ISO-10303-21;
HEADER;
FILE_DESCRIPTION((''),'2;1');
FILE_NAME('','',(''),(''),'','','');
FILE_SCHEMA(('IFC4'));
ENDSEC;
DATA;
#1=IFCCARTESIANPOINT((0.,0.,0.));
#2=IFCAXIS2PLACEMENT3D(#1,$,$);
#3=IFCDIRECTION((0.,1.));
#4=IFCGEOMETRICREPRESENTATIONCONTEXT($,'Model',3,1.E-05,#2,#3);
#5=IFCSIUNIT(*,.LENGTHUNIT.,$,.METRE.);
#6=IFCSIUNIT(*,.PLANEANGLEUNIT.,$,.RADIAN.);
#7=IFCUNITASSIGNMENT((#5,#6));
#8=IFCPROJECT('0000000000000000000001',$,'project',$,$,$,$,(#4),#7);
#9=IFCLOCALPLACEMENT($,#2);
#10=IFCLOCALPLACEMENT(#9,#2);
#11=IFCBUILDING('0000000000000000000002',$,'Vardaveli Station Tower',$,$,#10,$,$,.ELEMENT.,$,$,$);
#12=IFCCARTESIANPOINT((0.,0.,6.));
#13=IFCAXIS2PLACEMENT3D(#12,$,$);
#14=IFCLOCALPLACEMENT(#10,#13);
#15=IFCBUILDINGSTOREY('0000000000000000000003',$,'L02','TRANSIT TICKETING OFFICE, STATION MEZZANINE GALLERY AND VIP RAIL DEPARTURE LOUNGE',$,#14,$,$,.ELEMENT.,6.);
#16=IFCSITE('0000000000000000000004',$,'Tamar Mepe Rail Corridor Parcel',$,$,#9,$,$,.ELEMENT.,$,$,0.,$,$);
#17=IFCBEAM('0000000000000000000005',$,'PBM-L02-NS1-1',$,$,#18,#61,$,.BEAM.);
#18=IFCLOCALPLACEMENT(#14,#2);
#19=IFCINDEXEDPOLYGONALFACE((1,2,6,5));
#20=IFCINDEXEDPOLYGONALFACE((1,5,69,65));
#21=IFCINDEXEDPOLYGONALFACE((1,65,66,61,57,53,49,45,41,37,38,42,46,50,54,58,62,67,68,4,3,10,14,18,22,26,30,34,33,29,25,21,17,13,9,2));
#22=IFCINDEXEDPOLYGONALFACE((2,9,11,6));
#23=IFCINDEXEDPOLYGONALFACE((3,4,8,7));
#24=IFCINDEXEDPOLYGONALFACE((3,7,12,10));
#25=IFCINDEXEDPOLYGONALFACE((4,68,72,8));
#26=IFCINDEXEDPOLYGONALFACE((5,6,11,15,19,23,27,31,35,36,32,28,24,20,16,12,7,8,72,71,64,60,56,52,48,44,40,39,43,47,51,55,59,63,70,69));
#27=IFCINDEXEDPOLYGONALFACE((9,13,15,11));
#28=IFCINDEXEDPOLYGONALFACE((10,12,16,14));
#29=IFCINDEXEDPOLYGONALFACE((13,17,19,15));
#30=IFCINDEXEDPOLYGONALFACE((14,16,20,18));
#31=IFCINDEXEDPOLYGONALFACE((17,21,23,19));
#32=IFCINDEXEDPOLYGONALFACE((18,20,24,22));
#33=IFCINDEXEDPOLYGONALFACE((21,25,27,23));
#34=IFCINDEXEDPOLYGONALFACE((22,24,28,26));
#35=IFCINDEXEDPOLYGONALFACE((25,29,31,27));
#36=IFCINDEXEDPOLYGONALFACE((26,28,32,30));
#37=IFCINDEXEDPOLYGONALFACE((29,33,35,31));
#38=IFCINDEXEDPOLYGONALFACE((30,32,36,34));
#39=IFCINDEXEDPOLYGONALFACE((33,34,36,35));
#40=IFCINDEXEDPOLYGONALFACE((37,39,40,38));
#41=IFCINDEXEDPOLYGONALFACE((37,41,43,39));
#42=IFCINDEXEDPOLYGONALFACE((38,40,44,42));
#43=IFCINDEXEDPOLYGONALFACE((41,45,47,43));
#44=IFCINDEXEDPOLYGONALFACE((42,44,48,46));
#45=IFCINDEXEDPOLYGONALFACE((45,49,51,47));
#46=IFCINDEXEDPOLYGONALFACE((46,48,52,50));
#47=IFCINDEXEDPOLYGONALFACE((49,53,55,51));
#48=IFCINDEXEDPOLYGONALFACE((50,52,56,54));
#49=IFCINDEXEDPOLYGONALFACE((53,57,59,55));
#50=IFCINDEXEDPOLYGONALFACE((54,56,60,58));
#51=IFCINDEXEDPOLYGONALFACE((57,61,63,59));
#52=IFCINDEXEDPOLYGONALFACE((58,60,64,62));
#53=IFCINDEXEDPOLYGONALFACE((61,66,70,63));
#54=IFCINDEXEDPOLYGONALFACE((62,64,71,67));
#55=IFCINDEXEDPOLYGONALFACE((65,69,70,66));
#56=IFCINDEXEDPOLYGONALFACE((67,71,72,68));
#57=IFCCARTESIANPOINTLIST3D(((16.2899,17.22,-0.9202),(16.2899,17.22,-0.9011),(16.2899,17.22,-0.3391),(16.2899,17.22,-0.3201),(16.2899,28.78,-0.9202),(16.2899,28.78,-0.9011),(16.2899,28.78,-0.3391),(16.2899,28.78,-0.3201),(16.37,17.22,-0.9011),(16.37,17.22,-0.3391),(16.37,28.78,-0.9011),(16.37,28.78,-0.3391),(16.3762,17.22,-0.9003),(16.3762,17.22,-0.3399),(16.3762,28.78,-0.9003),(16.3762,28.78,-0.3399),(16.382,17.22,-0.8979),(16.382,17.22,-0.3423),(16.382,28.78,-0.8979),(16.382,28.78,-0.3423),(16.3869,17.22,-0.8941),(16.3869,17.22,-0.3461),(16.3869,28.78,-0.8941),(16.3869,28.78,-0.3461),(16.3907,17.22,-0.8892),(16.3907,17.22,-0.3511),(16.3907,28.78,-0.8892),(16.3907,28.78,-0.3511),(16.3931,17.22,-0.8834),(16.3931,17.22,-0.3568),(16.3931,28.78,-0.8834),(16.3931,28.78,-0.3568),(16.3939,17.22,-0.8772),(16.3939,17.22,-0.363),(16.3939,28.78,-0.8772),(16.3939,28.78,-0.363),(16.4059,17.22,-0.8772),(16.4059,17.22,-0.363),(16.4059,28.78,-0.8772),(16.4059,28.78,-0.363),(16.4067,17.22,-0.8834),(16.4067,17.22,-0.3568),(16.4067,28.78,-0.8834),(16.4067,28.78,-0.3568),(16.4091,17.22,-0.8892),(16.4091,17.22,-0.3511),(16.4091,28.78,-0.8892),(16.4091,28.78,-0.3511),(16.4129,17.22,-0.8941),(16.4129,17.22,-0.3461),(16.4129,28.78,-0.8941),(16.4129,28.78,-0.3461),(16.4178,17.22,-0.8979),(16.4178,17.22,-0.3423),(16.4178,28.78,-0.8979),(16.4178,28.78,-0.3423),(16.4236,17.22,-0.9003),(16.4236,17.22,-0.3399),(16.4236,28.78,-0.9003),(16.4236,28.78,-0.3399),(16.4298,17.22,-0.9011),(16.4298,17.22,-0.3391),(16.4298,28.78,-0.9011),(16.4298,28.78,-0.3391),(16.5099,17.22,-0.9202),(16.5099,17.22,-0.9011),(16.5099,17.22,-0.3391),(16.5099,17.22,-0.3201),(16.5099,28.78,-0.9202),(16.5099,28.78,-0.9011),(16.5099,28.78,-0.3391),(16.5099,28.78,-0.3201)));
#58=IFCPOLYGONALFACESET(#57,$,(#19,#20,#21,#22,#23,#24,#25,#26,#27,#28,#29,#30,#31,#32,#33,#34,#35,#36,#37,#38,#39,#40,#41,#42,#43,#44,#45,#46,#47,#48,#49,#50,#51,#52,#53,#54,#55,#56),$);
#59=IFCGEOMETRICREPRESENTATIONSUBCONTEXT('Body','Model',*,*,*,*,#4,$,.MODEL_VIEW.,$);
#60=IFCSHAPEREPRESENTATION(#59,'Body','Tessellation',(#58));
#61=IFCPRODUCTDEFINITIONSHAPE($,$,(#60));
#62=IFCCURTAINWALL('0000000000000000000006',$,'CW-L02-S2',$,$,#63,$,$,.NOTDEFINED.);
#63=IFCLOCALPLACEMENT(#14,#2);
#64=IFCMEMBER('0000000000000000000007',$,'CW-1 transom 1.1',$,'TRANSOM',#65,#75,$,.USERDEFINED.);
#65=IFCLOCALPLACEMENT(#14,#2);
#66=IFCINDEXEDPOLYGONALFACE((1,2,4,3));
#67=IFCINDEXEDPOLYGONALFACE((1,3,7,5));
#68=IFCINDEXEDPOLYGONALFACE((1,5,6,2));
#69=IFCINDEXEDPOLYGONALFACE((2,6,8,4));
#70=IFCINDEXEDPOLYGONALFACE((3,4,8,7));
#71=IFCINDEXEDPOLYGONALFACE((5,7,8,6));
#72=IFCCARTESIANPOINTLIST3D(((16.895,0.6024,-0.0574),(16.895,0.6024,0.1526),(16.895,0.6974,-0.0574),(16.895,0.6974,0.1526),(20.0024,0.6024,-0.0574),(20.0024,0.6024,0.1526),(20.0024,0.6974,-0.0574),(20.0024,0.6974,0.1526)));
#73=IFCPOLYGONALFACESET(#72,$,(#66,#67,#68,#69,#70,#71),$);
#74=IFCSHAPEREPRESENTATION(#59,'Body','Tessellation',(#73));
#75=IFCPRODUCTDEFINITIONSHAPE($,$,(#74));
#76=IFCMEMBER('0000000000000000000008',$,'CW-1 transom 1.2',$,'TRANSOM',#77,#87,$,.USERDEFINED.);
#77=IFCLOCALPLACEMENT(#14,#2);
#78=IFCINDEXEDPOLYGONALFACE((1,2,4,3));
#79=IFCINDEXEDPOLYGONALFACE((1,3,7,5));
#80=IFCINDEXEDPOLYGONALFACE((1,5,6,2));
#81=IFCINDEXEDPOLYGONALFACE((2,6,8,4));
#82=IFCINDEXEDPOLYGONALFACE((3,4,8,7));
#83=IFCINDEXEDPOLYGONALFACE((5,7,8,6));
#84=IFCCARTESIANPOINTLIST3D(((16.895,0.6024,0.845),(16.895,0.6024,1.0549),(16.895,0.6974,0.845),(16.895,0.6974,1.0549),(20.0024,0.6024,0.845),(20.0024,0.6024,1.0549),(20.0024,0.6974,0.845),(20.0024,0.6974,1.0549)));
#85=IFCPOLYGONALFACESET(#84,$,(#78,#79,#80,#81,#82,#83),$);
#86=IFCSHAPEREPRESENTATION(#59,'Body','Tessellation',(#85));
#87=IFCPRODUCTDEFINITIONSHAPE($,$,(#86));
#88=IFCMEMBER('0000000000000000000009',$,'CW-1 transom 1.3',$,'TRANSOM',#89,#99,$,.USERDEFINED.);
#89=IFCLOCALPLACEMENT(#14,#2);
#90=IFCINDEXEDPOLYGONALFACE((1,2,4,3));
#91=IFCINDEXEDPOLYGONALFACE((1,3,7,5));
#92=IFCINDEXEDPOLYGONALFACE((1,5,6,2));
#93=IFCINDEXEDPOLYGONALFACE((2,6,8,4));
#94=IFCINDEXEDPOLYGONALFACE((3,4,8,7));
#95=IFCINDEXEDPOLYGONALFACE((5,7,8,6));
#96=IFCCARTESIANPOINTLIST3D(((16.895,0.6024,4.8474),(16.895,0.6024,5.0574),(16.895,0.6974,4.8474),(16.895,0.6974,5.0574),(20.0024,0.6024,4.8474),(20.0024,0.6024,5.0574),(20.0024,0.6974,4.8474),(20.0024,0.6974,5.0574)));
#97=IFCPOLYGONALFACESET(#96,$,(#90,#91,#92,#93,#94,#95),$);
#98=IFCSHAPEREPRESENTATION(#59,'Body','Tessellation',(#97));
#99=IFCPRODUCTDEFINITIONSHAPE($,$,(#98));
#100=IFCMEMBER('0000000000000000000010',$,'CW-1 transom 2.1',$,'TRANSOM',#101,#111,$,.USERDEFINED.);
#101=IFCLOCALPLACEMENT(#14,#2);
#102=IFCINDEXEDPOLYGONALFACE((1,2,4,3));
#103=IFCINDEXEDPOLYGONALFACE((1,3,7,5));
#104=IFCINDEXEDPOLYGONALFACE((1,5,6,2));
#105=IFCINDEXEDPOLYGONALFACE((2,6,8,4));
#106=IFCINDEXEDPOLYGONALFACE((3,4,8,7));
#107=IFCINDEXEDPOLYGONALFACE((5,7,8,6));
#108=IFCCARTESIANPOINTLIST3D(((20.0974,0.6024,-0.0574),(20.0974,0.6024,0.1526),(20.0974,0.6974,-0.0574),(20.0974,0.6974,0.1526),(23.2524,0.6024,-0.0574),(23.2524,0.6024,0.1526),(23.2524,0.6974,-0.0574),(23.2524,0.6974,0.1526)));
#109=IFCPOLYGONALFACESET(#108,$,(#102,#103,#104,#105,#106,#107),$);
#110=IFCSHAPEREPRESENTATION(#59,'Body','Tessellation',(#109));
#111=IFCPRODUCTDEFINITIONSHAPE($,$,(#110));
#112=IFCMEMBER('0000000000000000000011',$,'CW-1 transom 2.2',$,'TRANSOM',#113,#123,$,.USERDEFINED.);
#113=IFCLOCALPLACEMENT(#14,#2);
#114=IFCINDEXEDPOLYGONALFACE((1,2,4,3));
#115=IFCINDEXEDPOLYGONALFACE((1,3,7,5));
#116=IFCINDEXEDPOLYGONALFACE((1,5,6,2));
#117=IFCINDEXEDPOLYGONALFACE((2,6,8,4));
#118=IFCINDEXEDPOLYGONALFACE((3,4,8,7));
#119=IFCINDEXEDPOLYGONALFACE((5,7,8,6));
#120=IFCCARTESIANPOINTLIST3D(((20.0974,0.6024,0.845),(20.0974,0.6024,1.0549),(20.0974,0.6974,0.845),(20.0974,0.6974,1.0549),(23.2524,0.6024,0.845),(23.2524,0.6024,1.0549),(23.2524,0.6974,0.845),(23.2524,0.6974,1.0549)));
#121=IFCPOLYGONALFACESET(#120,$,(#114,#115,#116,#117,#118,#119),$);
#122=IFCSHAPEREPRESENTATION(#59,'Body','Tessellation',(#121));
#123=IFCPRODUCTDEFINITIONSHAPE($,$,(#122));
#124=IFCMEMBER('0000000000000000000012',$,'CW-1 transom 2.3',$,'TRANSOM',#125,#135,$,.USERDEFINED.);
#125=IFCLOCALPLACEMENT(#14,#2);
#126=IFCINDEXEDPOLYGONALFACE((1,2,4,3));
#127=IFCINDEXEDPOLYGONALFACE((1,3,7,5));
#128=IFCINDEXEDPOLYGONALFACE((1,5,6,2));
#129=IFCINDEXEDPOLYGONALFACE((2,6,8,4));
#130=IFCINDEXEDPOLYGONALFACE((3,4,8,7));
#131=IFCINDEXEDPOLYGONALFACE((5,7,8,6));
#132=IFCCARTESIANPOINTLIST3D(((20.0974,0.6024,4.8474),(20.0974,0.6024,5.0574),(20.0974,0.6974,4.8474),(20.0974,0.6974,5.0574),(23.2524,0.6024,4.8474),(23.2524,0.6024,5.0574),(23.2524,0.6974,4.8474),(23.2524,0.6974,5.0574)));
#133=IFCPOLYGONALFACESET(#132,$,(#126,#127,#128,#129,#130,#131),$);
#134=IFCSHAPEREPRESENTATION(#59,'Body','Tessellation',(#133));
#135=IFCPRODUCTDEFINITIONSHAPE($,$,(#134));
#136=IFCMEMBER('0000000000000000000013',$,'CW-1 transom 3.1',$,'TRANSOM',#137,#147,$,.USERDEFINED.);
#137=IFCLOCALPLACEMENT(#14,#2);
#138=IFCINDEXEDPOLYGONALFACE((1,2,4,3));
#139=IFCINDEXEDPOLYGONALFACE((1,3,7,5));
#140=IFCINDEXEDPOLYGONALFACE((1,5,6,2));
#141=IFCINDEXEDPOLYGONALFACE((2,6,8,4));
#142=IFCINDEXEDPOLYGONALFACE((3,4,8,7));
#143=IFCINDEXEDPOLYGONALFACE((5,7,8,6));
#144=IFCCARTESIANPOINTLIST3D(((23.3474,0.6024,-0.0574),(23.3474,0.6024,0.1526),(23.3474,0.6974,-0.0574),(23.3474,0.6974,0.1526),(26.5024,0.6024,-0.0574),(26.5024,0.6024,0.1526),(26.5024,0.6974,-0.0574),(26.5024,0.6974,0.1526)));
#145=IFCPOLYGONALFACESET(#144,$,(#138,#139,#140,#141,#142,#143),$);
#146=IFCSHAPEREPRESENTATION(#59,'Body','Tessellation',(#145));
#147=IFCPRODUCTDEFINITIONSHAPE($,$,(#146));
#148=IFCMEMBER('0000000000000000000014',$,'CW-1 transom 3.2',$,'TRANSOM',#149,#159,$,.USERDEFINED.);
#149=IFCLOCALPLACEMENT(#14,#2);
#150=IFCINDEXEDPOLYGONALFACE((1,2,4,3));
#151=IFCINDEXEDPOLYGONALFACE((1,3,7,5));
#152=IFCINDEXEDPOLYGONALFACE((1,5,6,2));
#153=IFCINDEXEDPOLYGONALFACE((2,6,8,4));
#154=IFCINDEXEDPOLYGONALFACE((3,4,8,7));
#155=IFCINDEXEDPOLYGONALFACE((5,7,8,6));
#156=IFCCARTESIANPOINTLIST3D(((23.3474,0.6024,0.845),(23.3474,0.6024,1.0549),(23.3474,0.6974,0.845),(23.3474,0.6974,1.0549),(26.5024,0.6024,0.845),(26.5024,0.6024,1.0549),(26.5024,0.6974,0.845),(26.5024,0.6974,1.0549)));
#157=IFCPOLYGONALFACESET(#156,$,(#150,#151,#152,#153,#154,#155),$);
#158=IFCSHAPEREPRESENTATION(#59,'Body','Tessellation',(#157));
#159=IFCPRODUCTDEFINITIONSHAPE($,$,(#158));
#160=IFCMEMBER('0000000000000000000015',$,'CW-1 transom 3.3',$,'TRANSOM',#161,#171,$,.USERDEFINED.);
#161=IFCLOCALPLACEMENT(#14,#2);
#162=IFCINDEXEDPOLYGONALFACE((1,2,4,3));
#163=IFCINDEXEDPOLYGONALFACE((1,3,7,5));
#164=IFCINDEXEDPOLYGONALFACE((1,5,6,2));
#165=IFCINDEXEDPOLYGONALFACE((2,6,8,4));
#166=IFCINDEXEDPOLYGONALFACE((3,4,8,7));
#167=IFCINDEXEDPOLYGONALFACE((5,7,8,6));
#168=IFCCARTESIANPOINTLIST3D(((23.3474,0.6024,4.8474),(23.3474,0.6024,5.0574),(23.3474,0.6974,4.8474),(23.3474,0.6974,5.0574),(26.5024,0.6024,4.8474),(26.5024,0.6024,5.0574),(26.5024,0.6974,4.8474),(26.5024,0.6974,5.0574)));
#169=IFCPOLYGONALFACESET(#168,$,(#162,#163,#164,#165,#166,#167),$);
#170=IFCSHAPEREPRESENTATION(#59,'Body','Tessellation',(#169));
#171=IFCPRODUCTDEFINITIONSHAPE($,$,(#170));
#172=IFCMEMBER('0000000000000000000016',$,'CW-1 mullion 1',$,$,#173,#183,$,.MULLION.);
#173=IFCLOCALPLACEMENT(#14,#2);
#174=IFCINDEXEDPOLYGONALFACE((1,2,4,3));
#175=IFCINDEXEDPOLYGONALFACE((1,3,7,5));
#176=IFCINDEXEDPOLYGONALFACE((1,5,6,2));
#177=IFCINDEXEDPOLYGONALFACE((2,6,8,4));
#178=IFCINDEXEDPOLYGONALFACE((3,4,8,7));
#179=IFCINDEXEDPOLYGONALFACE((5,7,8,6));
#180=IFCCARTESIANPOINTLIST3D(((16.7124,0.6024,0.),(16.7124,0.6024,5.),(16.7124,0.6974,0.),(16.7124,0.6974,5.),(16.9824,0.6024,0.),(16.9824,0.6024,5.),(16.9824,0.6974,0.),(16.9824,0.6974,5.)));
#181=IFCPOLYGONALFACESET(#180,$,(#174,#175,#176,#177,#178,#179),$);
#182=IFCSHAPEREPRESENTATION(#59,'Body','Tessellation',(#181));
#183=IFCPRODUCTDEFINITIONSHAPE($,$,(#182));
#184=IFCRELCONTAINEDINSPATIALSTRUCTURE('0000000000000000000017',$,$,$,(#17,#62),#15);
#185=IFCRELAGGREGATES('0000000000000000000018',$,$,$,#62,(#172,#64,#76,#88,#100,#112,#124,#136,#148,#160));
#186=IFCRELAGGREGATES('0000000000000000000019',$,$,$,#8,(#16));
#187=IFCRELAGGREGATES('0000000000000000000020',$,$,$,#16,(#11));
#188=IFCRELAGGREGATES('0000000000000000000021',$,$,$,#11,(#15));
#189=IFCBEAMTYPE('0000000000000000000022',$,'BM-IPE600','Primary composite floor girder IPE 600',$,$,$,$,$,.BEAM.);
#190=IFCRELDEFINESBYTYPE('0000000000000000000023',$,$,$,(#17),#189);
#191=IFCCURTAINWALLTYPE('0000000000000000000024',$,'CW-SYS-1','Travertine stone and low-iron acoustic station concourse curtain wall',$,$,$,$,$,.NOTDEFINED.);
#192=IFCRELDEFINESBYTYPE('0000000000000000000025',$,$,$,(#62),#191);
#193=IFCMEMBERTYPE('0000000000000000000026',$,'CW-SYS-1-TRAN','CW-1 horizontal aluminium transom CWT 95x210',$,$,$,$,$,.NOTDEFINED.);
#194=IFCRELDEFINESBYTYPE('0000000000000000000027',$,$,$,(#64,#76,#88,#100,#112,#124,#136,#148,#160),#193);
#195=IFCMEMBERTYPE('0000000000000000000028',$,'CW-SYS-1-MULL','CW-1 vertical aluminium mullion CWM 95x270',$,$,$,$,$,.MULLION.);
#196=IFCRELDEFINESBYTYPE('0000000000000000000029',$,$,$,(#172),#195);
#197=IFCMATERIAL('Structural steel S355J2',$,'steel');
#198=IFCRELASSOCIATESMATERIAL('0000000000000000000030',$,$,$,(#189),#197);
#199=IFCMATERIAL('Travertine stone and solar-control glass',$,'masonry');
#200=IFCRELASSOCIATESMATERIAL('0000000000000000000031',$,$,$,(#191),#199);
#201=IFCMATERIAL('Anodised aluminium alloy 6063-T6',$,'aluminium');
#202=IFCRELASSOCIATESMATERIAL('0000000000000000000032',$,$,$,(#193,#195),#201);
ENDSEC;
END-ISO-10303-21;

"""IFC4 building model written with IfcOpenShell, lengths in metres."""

from ifc_helpers import new_model, si_unit, direction, frame, origin, origin_2d, place, context, subcontext, project, spatial, rectangle, i_section, extrude, source, transform, mapped, material, material_profile, profile_set, type_object, element, aggregate, save


model = new_model("IFC4")

# Units and contexts
model_context = context("Model", 3, precision=1e-05, world=origin(), true_north=direction((0.0, 1.0)))
body_context = subcontext(model_context, "Body", "Model", "MODEL_VIEW")
ifc_project = project(units=[si_unit("LENGTHUNIT", "METRE"), si_unit("PLANEANGLEUNIT", "RADIAN")], contexts=[model_context])

# Site, building, storey
site_placement = place(None, origin())
site = spatial("IfcSite", under=ifc_project, at=site_placement, Name="Tamar Mepe Rail Corridor Parcel", CompositionType="ELEMENT", RefElevation=0.0)
building_placement = place(site_placement, origin())
building = spatial("IfcBuilding", under=site, at=building_placement, Name="Vardaveli Station Tower", CompositionType="ELEMENT")
storey_placement = place(building_placement, frame((0.0, 0.0, 6.0)))
storey = spatial("IfcBuildingStorey", under=building, at=storey_placement, Name="L02", Description="TRANSIT TICKETING OFFICE, STATION MEZZANINE GALLERY AND VIP RAIL DEPARTURE LOUNGE", CompositionType="ELEMENT", Elevation=6.0)

# Beam
ifc_material_1 = material(Name="Structural steel S355J2", Category="steel")
ifc_material_profile_1 = material_profile(ifc_material_1, i_section(OverallWidth=0.22, OverallDepth=0.6001, WebThickness=0.012, FlangeThickness=0.019, FilletRadius=0.0239, at=origin_2d()), Name="IPE 600")
ifc_profile_set_1 = profile_set([ifc_material_profile_1], Name="Structural steel S355J2")
beam_type_1 = type_object("IfcBeamType", Name="BM-IPE600", Description="Primary composite floor girder IPE 600", PredefinedType="BEAM", material=ifc_profile_set_1)
shared_shape_1 = source(origin(), body_context, "Body", "SweptSolid", [
    extrude(i_section(OverallWidth=0.22, OverallDepth=0.6001, WebThickness=0.012, FlangeThickness=0.019, FilletRadius=0.0239, at=origin_2d()), origin(), (0.0, 0.0, 1.0), 11.5601),
])
beam_1_placement = place(storey_placement, frame((16.3999, 17.22, -0.6201), z_axis=(0.0, 1.0, 0.0), x_axis=(-1.0, 0.0, 0.0)))
element("IfcBeam", 1, at=beam_1_placement, inside=storey, type_object=beam_type_1, Name="PBM-L02-NS1-1", PredefinedType="BEAM", context=body_context, shape_type="MappedRepresentation", body=[
    mapped(shared_shape_1, transform((0.0, 0.0, 0.0), scale=1.0)),
])

# Curtain wall, members
ifc_material_2 = material(Name="Travertine stone and solar-control glass", Category="masonry")
curtain_wall_type = type_object("IfcCurtainWallType", Name="CW-SYS-1", Description="Travertine stone and low-iron acoustic station concourse curtain wall", PredefinedType="NOTDEFINED", material=ifc_material_2)
curtain_wall_placement = place(storey_placement, origin())
curtain_wall = element("IfcCurtainWall", 2, at=curtain_wall_placement, inside=storey, type_object=curtain_wall_type, Name="CW-L02-S2", PredefinedType="NOTDEFINED")
ifc_material_3 = material(Name="Anodised aluminium alloy 6063-T6", Category="aluminium")
ifc_material_profile_2 = material_profile(ifc_material_3, rectangle(XDim=0.095, YDim=0.21, at=origin_2d()), Name="CWT 95x210")
ifc_profile_set_2 = profile_set([ifc_material_profile_2], Name="Anodised aluminium alloy 6063-T6")
member_type_1 = type_object("IfcMemberType", Name="CW-SYS-1-TRAN", Description="CW-1 horizontal aluminium transom CWT 95x210", PredefinedType="NOTDEFINED", material=ifc_profile_set_2)
shared_shape_2 = source(origin(), body_context, "Body", "SweptSolid", [
    extrude(rectangle(XDim=0.095, YDim=0.21, at=origin_2d()), origin(), (0.0, 0.0, 1.0), 3.1074),
])
member_1_placement = place(storey_placement, frame((16.895, 0.6499, 0.0476), z_axis=(1.0, 0.0, 0.0), x_axis=(0.0, 1.0, 0.0)))
member_1 = element("IfcMember", 3, at=member_1_placement, type_object=member_type_1, Name="CW-1 transom 1.1", ObjectType="TRANSOM", PredefinedType="USERDEFINED", context=body_context, shape_type="MappedRepresentation", body=[
    mapped(shared_shape_2, transform((0.0, 0.0, 0.0), scale=1.0)),
])
member_2_placement = place(storey_placement, frame((16.895, 0.6499, 0.95), z_axis=(1.0, 0.0, 0.0), x_axis=(0.0, 1.0, 0.0)))
member_2 = element("IfcMember", 4, at=member_2_placement, type_object=member_type_1, Name="CW-1 transom 1.2", ObjectType="TRANSOM", PredefinedType="USERDEFINED", context=body_context, shape_type="MappedRepresentation", body=[
    mapped(shared_shape_2, transform((0.0, 0.0, 0.0), scale=1.0)),
])
member_3_placement = place(storey_placement, frame((16.895, 0.6499, 4.9524), z_axis=(1.0, 0.0, 0.0), x_axis=(0.0, 1.0, 0.0)))
member_3 = element("IfcMember", 5, at=member_3_placement, type_object=member_type_1, Name="CW-1 transom 1.3", ObjectType="TRANSOM", PredefinedType="USERDEFINED", context=body_context, shape_type="MappedRepresentation", body=[
    mapped(shared_shape_2, transform((0.0, 0.0, 0.0), scale=1.0)),
])
shared_shape_3 = source(origin(), body_context, "Body", "SweptSolid", [
    extrude(rectangle(XDim=0.095, YDim=0.21, at=origin_2d()), origin(), (0.0, 0.0, 1.0), 3.155),
])
member_4_placement = place(storey_placement, frame((20.0974, 0.6499, 0.0476), z_axis=(1.0, 0.0, 0.0), x_axis=(0.0, 1.0, 0.0)))
member_4 = element("IfcMember", 6, at=member_4_placement, type_object=member_type_1, Name="CW-1 transom 2.1", ObjectType="TRANSOM", PredefinedType="USERDEFINED", context=body_context, shape_type="MappedRepresentation", body=[
    mapped(shared_shape_3, transform((0.0, 0.0, 0.0), scale=1.0)),
])
member_5_placement = place(storey_placement, frame((20.0974, 0.6499, 0.95), z_axis=(1.0, 0.0, 0.0), x_axis=(0.0, 1.0, 0.0)))
member_5 = element("IfcMember", 7, at=member_5_placement, type_object=member_type_1, Name="CW-1 transom 2.2", ObjectType="TRANSOM", PredefinedType="USERDEFINED", context=body_context, shape_type="MappedRepresentation", body=[
    mapped(shared_shape_3, transform((0.0, 0.0, 0.0), scale=1.0)),
])
member_6_placement = place(storey_placement, frame((20.0974, 0.6499, 4.9524), z_axis=(1.0, 0.0, 0.0), x_axis=(0.0, 1.0, 0.0)))
member_6 = element("IfcMember", 8, at=member_6_placement, type_object=member_type_1, Name="CW-1 transom 2.3", ObjectType="TRANSOM", PredefinedType="USERDEFINED", context=body_context, shape_type="MappedRepresentation", body=[
    mapped(shared_shape_3, transform((0.0, 0.0, 0.0), scale=1.0)),
])
member_7_placement = place(storey_placement, frame((23.3474, 0.6499, 0.0476), z_axis=(1.0, 0.0, 0.0), x_axis=(0.0, 1.0, 0.0)))
member_7 = element("IfcMember", 9, at=member_7_placement, type_object=member_type_1, Name="CW-1 transom 3.1", ObjectType="TRANSOM", PredefinedType="USERDEFINED", context=body_context, shape_type="MappedRepresentation", body=[
    mapped(shared_shape_3, transform((0.0, 0.0, 0.0), scale=1.0)),
])
member_8_placement = place(storey_placement, frame((23.3474, 0.6499, 0.95), z_axis=(1.0, 0.0, 0.0), x_axis=(0.0, 1.0, 0.0)))
member_8 = element("IfcMember", 10, at=member_8_placement, type_object=member_type_1, Name="CW-1 transom 3.2", ObjectType="TRANSOM", PredefinedType="USERDEFINED", context=body_context, shape_type="MappedRepresentation", body=[
    mapped(shared_shape_3, transform((0.0, 0.0, 0.0), scale=1.0)),
])
member_9_placement = place(storey_placement, frame((23.3474, 0.6499, 4.9524), z_axis=(1.0, 0.0, 0.0), x_axis=(0.0, 1.0, 0.0)))
member_9 = element("IfcMember", 11, at=member_9_placement, type_object=member_type_1, Name="CW-1 transom 3.3", ObjectType="TRANSOM", PredefinedType="USERDEFINED", context=body_context, shape_type="MappedRepresentation", body=[
    mapped(shared_shape_3, transform((0.0, 0.0, 0.0), scale=1.0)),
])
ifc_material_profile_3 = material_profile(ifc_material_3, rectangle(XDim=0.095, YDim=0.27, at=origin_2d()), Name="CWM 95x270")
ifc_profile_set_3 = profile_set([ifc_material_profile_3], Name="Anodised aluminium alloy 6063-T6")
member_type_2 = type_object("IfcMemberType", Name="CW-SYS-1-MULL", Description="CW-1 vertical aluminium mullion CWM 95x270", PredefinedType="MULLION", material=ifc_profile_set_3)
shared_shape_4 = source(origin(), body_context, "Body", "SweptSolid", [
    extrude(rectangle(XDim=0.095, YDim=0.27, at=origin_2d()), origin(), (0.0, 0.0, 1.0), 5.0),
])
member_10_placement = place(storey_placement, frame((16.8474, 0.6499, 0.0), z_axis=(0.0, 0.0, 1.0), x_axis=(0.0, 1.0, 0.0)))
member_10 = element("IfcMember", 12, at=member_10_placement, type_object=member_type_2, Name="CW-1 mullion 1", PredefinedType="MULLION", context=body_context, shape_type="MappedRepresentation", body=[
    mapped(shared_shape_4, transform((0.0, 0.0, 0.0), scale=1.0)),
])
aggregate(curtain_wall, [member_10, member_1, member_2, member_3, member_4, member_5, member_6, member_7, member_8, member_9])

save(model, "model.ifc")
